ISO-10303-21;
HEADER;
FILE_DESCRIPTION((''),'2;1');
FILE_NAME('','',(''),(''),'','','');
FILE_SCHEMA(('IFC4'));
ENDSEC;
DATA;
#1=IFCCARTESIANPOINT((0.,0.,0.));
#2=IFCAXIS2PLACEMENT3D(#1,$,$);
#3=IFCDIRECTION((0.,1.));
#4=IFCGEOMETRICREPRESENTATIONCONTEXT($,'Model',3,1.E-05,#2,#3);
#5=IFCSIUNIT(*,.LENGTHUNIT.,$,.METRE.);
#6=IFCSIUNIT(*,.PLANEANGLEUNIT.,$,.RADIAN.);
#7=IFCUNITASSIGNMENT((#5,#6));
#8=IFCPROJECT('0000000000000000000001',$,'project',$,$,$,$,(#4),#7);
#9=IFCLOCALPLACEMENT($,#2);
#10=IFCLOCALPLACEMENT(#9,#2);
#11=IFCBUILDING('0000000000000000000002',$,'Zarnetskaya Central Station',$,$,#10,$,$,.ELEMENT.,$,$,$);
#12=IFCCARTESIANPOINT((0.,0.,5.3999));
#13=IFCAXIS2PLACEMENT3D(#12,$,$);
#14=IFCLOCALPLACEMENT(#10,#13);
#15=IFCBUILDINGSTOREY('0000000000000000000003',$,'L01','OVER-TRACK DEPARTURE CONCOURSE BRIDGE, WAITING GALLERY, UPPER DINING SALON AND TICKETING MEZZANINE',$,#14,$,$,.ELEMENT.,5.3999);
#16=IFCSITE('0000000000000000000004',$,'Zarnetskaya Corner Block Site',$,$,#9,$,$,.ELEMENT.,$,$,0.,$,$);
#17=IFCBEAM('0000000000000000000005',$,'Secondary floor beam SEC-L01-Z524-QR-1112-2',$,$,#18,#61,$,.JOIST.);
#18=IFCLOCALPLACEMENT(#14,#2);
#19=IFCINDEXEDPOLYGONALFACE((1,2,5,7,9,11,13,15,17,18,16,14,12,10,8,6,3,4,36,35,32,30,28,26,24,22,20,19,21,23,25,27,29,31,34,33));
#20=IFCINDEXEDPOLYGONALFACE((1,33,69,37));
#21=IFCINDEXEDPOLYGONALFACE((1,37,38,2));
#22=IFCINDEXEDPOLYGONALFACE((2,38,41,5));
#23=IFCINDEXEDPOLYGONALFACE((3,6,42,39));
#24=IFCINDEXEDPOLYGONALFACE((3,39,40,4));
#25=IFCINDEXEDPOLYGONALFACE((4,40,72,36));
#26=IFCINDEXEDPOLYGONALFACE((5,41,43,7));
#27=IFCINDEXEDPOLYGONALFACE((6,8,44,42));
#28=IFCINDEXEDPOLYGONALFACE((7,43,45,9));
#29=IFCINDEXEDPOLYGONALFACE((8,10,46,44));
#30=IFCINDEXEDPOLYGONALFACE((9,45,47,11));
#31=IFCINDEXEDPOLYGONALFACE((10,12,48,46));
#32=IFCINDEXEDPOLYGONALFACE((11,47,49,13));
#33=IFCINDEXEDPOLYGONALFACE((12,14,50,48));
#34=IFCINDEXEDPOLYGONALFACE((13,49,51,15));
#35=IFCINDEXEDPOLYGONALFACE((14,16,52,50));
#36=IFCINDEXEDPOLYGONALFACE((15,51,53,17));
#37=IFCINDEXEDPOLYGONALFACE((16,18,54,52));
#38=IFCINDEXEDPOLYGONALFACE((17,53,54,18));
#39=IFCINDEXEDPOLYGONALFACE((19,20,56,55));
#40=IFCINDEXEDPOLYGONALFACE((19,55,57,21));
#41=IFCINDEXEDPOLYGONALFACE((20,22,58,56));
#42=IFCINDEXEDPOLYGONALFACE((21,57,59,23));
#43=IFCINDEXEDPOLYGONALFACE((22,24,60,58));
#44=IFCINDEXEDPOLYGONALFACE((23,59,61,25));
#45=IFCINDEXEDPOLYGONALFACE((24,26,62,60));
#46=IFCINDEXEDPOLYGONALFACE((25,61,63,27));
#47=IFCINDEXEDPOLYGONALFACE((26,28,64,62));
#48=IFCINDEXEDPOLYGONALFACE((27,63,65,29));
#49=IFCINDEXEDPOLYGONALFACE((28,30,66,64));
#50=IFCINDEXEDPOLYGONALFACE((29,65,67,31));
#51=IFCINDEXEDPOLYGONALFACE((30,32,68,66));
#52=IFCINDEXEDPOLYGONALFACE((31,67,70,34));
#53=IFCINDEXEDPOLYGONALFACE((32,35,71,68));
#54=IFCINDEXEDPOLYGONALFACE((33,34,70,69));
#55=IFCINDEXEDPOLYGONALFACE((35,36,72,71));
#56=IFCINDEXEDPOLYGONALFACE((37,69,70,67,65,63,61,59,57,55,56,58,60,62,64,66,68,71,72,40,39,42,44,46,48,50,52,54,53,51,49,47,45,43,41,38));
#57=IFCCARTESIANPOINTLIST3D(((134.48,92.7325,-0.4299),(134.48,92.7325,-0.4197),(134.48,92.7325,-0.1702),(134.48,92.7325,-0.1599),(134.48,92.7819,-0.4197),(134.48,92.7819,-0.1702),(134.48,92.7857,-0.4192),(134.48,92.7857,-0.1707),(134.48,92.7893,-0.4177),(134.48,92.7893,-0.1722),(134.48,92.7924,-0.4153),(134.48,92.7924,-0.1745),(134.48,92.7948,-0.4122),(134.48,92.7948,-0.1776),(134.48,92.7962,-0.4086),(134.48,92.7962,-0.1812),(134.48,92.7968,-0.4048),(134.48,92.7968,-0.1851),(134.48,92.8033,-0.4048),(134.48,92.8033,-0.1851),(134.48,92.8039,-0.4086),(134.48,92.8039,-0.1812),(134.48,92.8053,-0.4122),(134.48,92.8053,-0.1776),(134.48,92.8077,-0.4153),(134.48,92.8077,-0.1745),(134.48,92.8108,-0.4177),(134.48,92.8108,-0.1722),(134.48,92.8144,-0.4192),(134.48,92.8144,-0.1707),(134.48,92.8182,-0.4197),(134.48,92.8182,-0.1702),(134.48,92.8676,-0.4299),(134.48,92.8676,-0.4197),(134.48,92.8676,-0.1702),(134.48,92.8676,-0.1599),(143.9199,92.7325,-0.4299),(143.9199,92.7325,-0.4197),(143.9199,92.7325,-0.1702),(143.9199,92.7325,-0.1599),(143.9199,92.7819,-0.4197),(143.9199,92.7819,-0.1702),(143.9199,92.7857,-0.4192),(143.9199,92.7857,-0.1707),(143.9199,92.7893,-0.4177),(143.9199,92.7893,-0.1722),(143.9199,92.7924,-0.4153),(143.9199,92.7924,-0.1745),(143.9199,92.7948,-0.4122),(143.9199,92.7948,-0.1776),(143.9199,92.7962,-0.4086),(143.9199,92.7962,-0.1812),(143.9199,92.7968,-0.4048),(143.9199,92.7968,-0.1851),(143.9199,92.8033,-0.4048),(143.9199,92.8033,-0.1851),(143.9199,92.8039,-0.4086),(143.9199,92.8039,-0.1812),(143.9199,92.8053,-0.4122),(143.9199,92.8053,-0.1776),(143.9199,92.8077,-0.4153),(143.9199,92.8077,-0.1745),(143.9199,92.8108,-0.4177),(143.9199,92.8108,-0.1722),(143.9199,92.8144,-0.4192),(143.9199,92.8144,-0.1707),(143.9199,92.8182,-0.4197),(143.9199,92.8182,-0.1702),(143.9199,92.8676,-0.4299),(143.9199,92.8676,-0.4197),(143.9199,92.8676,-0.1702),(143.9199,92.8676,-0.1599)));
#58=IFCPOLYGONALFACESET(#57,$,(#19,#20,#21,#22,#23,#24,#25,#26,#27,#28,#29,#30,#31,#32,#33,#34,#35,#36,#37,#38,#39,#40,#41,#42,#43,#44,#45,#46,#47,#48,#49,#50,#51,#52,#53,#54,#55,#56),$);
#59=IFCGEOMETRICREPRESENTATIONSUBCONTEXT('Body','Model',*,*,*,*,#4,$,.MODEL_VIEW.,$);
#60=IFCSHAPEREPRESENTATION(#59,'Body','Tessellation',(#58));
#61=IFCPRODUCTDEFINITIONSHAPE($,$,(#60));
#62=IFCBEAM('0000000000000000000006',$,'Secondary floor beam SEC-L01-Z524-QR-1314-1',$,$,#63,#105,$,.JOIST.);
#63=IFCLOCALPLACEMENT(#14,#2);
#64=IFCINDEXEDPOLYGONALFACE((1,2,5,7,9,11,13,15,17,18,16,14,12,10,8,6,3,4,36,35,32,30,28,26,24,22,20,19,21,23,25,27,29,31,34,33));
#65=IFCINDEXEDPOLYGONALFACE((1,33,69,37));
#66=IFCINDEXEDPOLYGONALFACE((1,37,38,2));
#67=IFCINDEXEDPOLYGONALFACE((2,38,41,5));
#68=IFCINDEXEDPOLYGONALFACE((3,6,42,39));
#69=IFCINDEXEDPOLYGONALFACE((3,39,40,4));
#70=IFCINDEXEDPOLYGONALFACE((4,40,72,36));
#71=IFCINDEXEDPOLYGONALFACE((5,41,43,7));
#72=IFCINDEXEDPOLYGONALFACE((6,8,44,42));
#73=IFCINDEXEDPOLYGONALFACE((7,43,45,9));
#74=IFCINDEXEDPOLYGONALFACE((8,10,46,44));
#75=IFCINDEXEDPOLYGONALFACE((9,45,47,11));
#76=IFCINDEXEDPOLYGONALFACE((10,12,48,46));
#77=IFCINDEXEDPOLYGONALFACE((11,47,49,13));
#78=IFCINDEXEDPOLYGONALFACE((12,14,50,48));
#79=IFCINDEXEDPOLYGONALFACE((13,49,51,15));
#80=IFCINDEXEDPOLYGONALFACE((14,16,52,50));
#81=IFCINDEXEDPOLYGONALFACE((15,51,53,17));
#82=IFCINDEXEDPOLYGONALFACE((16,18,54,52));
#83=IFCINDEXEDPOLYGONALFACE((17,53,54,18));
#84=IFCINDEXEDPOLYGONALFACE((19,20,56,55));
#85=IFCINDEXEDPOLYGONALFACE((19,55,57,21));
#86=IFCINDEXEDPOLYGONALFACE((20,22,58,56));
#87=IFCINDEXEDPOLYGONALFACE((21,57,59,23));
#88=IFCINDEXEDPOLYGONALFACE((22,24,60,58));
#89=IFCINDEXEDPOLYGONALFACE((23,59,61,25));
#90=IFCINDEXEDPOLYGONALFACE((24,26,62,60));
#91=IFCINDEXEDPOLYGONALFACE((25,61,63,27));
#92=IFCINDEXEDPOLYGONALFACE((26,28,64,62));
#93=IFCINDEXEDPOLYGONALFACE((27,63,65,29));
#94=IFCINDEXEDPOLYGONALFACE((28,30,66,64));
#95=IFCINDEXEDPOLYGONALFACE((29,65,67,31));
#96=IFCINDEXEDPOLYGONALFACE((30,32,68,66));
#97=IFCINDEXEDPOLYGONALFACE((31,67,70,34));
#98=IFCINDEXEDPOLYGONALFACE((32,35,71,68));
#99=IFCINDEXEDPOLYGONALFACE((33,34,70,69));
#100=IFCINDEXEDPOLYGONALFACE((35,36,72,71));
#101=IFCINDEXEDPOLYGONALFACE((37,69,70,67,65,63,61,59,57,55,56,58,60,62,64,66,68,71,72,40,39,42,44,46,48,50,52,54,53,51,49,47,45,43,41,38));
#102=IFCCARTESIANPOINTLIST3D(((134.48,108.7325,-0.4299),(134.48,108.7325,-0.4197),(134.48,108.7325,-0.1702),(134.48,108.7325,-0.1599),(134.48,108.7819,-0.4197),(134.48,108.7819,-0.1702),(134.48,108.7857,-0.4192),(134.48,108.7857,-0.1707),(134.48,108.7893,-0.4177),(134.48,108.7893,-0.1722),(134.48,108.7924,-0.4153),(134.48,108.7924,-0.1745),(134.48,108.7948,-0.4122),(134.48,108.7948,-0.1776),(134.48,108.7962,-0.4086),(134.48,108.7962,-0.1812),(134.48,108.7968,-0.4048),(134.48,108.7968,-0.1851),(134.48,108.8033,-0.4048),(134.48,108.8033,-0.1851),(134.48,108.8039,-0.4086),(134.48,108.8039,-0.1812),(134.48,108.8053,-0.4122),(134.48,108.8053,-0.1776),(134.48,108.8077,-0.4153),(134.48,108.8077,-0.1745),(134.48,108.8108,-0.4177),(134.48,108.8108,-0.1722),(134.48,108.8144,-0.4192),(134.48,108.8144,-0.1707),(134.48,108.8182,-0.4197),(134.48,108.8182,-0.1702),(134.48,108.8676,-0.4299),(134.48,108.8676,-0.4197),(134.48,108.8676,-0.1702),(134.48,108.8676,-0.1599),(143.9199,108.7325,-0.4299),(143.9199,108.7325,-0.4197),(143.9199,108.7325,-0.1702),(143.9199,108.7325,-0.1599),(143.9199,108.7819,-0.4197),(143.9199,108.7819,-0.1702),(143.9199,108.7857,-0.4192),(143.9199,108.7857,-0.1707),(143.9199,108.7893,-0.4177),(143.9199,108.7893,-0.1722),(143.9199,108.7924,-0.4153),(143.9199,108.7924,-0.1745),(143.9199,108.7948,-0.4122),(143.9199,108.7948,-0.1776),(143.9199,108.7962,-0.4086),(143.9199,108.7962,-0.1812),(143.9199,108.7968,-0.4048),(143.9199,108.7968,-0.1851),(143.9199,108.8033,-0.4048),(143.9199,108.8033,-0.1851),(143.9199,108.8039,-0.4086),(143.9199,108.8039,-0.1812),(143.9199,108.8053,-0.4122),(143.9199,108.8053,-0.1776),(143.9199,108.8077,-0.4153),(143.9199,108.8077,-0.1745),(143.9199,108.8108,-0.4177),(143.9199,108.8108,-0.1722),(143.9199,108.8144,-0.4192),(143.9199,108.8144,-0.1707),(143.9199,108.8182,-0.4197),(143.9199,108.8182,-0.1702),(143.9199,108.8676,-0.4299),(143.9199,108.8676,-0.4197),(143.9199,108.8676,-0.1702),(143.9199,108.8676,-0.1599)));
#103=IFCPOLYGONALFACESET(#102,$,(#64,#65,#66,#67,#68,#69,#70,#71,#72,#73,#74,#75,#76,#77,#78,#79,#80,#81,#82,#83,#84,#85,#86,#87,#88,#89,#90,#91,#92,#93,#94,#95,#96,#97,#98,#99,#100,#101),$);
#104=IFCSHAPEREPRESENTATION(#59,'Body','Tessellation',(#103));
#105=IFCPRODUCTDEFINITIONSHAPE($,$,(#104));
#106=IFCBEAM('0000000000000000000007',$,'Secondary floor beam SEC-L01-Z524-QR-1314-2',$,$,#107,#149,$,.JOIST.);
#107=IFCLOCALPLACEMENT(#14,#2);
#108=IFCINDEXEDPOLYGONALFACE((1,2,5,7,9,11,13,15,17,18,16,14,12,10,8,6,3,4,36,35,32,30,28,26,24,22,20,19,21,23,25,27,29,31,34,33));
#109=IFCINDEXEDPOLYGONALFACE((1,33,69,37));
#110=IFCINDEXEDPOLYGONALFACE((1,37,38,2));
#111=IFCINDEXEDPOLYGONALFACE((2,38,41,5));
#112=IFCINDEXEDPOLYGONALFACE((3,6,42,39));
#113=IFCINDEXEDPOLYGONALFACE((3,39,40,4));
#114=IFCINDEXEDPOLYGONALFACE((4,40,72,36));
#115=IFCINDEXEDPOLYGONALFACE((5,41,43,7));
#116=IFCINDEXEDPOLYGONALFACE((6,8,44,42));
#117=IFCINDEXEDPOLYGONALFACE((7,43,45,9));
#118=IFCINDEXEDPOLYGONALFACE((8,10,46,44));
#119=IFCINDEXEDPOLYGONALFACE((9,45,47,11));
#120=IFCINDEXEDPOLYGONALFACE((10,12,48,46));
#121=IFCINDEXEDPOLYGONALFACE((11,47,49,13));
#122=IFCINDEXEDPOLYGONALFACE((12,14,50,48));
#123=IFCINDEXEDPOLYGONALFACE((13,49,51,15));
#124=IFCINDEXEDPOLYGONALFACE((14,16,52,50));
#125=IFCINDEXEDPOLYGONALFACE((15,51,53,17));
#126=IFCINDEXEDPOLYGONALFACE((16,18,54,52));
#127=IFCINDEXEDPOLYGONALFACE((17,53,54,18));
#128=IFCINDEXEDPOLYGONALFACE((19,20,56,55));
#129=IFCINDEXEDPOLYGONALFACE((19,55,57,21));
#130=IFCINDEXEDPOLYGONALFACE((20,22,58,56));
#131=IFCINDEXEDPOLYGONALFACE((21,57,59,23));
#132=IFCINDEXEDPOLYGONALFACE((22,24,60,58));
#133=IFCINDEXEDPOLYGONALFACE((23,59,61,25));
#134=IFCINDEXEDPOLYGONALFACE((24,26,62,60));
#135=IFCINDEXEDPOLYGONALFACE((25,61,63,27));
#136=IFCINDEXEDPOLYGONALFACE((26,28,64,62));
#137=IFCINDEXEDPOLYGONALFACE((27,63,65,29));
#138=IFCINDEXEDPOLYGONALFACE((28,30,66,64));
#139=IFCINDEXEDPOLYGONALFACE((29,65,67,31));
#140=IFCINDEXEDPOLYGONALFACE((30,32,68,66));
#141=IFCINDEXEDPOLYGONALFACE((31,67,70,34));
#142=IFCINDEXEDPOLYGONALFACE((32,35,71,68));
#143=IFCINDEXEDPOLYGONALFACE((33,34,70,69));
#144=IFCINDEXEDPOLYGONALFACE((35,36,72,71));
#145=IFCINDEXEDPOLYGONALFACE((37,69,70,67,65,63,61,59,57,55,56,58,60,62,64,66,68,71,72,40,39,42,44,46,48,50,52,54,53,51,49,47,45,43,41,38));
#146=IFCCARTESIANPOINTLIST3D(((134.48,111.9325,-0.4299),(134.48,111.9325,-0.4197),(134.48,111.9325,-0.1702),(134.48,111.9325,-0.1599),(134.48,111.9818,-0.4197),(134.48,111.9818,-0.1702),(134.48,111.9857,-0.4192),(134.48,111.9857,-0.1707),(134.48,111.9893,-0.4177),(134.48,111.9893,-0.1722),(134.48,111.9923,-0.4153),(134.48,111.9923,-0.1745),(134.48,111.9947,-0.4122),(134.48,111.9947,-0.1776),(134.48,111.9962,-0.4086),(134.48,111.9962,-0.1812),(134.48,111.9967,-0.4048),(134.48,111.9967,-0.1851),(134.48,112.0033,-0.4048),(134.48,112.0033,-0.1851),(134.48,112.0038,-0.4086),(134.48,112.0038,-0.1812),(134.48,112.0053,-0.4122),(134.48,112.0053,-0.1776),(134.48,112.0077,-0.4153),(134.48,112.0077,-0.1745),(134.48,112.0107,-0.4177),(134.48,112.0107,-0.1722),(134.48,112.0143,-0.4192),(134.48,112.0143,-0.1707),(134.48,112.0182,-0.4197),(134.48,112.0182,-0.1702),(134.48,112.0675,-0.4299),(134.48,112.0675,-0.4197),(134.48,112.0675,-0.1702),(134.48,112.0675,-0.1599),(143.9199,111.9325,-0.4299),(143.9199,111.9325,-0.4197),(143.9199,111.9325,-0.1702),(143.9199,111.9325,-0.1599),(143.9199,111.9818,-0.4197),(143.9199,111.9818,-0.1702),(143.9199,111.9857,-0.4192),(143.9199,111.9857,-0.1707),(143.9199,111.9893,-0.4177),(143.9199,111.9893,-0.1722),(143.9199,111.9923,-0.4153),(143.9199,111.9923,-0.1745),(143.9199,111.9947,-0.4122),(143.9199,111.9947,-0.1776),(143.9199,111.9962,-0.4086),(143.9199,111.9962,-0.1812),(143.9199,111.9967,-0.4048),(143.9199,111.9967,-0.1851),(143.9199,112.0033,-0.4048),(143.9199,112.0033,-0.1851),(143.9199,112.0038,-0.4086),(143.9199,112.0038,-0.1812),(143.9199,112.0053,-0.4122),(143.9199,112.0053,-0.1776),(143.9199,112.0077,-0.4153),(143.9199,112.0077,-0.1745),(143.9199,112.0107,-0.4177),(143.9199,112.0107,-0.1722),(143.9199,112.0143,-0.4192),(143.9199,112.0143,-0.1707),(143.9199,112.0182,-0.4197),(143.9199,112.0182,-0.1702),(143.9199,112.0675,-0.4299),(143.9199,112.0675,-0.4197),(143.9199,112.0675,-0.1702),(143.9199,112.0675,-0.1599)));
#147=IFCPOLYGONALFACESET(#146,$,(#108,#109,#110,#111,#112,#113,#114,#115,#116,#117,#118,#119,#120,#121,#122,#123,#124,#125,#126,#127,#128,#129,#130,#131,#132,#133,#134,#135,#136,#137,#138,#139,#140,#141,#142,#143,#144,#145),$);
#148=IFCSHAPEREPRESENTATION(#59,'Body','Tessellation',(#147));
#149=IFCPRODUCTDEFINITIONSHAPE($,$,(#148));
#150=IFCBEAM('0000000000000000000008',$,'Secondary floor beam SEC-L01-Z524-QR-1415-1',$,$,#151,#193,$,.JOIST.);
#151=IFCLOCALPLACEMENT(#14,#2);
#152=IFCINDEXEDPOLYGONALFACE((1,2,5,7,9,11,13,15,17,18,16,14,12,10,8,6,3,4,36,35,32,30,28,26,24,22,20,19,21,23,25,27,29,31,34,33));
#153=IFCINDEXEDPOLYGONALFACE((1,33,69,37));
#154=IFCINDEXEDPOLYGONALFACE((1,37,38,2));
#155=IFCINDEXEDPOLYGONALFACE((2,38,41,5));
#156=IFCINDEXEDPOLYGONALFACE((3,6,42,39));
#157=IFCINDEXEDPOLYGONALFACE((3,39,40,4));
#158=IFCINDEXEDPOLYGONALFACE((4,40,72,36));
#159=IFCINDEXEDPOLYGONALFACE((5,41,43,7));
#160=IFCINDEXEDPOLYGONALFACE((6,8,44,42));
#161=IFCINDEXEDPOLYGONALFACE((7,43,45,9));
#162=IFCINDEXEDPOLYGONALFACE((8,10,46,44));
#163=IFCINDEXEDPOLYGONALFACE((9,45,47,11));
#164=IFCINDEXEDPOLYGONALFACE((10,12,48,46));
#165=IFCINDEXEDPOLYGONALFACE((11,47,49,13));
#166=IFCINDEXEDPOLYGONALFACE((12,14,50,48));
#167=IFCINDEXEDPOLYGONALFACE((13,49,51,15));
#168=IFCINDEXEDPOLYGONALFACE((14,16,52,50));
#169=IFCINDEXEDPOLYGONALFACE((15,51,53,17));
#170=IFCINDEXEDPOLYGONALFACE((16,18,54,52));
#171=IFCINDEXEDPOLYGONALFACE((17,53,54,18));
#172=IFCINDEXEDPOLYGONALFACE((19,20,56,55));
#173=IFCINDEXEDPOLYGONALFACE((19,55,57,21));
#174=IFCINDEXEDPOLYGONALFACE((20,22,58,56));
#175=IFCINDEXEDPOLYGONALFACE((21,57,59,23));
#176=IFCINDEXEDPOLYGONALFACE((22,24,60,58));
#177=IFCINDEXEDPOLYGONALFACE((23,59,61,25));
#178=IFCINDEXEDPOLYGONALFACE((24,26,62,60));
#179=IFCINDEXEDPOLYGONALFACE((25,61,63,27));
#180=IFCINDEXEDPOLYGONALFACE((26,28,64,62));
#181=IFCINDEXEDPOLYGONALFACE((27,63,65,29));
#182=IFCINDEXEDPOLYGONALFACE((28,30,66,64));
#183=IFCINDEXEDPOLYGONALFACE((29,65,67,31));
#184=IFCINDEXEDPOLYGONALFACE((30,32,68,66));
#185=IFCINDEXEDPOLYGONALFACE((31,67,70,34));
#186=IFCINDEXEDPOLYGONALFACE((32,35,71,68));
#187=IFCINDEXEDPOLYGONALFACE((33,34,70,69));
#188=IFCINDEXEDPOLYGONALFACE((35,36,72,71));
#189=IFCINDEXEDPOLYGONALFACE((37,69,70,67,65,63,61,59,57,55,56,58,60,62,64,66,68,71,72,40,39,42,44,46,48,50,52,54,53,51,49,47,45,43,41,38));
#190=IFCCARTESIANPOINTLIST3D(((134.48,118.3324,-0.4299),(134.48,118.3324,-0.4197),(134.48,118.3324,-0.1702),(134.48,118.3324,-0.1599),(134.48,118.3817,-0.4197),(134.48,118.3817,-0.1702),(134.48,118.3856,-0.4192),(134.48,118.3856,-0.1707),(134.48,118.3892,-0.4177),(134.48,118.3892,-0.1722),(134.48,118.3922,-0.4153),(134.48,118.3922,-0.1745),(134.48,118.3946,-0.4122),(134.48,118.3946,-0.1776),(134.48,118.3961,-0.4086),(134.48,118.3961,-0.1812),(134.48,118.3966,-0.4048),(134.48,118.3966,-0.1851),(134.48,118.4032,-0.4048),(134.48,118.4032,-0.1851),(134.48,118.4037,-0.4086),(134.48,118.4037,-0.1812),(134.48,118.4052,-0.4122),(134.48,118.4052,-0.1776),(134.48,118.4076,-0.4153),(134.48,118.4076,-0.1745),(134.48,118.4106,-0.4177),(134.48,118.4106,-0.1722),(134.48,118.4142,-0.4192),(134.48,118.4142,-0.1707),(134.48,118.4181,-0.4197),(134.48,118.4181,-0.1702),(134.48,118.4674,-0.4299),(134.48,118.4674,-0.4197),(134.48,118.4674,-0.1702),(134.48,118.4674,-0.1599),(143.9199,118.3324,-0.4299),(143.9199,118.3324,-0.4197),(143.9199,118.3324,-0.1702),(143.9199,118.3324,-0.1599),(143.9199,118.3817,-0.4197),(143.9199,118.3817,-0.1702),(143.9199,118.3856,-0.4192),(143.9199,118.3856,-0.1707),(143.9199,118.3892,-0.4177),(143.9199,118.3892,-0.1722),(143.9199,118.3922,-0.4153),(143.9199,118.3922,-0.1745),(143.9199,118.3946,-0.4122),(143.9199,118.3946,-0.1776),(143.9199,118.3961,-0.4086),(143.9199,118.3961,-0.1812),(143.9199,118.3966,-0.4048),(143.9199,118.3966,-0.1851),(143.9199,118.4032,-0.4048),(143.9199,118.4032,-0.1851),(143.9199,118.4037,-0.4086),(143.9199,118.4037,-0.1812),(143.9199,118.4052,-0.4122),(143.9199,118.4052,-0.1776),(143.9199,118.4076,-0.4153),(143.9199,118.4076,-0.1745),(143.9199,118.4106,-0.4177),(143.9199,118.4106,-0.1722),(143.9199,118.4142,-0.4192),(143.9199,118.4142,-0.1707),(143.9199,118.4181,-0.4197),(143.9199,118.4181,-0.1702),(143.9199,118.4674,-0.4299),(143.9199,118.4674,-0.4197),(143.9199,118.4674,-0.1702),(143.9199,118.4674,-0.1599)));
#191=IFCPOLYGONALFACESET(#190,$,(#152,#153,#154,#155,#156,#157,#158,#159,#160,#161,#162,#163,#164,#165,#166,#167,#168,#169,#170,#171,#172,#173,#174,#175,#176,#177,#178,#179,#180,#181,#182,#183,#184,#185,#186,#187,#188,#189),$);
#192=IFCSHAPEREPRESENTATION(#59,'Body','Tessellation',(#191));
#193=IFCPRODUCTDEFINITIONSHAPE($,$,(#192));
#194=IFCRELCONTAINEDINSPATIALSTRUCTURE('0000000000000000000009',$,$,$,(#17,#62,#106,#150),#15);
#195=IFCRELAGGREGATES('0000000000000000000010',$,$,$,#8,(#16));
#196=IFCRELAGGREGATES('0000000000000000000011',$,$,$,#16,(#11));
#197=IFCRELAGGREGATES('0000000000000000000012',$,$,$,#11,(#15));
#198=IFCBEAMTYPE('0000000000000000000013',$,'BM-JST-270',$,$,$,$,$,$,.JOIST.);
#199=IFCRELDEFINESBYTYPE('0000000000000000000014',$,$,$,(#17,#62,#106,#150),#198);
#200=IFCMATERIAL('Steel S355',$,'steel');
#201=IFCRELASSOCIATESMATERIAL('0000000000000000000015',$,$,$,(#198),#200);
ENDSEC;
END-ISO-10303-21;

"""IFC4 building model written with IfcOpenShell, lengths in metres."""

from ifc_helpers import new_model, si_unit, direction, frame, origin, origin_2d, place, context, subcontext, project, spatial, i_section, extrude, material, material_profile, profile_set, type_object, element, save


model = new_model("IFC4")

# Units and contexts
model_context = context("Model", 3, precision=1e-05, world=origin(), true_north=direction((0.0, 1.0)))
body_context = subcontext(model_context, "Body", "Model", "MODEL_VIEW")
ifc_project = project(units=[si_unit("LENGTHUNIT", "METRE"), si_unit("PLANEANGLEUNIT", "RADIAN")], contexts=[model_context])

# Site, building, storey
site_placement = place(None, origin())
site = spatial("IfcSite", under=ifc_project, at=site_placement, Name="Zarnetskaya Corner Block Site", CompositionType="ELEMENT", RefElevation=0.0)
building_placement = place(site_placement, origin())
building = spatial("IfcBuilding", under=site, at=building_placement, Name="Zarnetskaya Central Station", CompositionType="ELEMENT")
storey_placement = place(building_placement, frame((0.0, 0.0, 5.3999)))
storey = spatial("IfcBuildingStorey", under=building, at=storey_placement, Name="L01", Description="OVER-TRACK DEPARTURE CONCOURSE BRIDGE, WAITING GALLERY, UPPER DINING SALON AND TICKETING MEZZANINE", CompositionType="ELEMENT", Elevation=5.3999)

# Shared definitions
ifc_material = material(Name="Steel S355", Category="steel")

# Beams
ifc_material_profile_1 = material_profile(ifc_material, i_section(OverallWidth=0.135, OverallDepth=0.27, WebThickness=0.0066, FlangeThickness=0.0103, FilletRadius=0.0149, at=origin_2d()), Name="IPE 270")
ifc_profile_set_1 = profile_set([ifc_material_profile_1], Name="Steel S355")
beam_type_1 = type_object("IfcBeamType", Name="BM-JST-270", PredefinedType="JOIST", material=ifc_profile_set_1)
for number, where, z_axis, x_axis, name in (
    (1, (134.48, 92.8, -0.2949), (1.0, 0.0, 0.0), (0.0, 1.0, 0.0), "Secondary floor beam SEC-L01-Z524-QR-1112-2"),
    (2, (134.48, 108.8, -0.2949), (1.0, 0.0, 0.0), (0.0, 1.0, 0.0), "Secondary floor beam SEC-L01-Z524-QR-1314-1"),
    (3, (134.48, 112.0, -0.2949), (1.0, 0.0, 0.0), (0.0, 1.0, 0.0), "Secondary floor beam SEC-L01-Z524-QR-1314-2"),
    (4, (134.48, 118.3999, -0.2949), (1.0, 0.0, 0.0), (0.0, 1.0, 0.0), "Secondary floor beam SEC-L01-Z524-QR-1415-1"),
):
    element("IfcBeam", number, at=place(storey_placement, frame(where, z_axis=z_axis, x_axis=x_axis)), inside=storey, type_object=beam_type_1, Name=name, PredefinedType="JOIST", context=body_context, shape_type="SweptSolid", body=[
        extrude(i_section(OverallWidth=0.135, OverallDepth=0.27, WebThickness=0.0066, FlangeThickness=0.0103, FilletRadius=0.0149, at=origin_2d()), origin(), (0.0, 0.0, 1.0), 9.4399),
    ])

save(model, "model.ifc")
